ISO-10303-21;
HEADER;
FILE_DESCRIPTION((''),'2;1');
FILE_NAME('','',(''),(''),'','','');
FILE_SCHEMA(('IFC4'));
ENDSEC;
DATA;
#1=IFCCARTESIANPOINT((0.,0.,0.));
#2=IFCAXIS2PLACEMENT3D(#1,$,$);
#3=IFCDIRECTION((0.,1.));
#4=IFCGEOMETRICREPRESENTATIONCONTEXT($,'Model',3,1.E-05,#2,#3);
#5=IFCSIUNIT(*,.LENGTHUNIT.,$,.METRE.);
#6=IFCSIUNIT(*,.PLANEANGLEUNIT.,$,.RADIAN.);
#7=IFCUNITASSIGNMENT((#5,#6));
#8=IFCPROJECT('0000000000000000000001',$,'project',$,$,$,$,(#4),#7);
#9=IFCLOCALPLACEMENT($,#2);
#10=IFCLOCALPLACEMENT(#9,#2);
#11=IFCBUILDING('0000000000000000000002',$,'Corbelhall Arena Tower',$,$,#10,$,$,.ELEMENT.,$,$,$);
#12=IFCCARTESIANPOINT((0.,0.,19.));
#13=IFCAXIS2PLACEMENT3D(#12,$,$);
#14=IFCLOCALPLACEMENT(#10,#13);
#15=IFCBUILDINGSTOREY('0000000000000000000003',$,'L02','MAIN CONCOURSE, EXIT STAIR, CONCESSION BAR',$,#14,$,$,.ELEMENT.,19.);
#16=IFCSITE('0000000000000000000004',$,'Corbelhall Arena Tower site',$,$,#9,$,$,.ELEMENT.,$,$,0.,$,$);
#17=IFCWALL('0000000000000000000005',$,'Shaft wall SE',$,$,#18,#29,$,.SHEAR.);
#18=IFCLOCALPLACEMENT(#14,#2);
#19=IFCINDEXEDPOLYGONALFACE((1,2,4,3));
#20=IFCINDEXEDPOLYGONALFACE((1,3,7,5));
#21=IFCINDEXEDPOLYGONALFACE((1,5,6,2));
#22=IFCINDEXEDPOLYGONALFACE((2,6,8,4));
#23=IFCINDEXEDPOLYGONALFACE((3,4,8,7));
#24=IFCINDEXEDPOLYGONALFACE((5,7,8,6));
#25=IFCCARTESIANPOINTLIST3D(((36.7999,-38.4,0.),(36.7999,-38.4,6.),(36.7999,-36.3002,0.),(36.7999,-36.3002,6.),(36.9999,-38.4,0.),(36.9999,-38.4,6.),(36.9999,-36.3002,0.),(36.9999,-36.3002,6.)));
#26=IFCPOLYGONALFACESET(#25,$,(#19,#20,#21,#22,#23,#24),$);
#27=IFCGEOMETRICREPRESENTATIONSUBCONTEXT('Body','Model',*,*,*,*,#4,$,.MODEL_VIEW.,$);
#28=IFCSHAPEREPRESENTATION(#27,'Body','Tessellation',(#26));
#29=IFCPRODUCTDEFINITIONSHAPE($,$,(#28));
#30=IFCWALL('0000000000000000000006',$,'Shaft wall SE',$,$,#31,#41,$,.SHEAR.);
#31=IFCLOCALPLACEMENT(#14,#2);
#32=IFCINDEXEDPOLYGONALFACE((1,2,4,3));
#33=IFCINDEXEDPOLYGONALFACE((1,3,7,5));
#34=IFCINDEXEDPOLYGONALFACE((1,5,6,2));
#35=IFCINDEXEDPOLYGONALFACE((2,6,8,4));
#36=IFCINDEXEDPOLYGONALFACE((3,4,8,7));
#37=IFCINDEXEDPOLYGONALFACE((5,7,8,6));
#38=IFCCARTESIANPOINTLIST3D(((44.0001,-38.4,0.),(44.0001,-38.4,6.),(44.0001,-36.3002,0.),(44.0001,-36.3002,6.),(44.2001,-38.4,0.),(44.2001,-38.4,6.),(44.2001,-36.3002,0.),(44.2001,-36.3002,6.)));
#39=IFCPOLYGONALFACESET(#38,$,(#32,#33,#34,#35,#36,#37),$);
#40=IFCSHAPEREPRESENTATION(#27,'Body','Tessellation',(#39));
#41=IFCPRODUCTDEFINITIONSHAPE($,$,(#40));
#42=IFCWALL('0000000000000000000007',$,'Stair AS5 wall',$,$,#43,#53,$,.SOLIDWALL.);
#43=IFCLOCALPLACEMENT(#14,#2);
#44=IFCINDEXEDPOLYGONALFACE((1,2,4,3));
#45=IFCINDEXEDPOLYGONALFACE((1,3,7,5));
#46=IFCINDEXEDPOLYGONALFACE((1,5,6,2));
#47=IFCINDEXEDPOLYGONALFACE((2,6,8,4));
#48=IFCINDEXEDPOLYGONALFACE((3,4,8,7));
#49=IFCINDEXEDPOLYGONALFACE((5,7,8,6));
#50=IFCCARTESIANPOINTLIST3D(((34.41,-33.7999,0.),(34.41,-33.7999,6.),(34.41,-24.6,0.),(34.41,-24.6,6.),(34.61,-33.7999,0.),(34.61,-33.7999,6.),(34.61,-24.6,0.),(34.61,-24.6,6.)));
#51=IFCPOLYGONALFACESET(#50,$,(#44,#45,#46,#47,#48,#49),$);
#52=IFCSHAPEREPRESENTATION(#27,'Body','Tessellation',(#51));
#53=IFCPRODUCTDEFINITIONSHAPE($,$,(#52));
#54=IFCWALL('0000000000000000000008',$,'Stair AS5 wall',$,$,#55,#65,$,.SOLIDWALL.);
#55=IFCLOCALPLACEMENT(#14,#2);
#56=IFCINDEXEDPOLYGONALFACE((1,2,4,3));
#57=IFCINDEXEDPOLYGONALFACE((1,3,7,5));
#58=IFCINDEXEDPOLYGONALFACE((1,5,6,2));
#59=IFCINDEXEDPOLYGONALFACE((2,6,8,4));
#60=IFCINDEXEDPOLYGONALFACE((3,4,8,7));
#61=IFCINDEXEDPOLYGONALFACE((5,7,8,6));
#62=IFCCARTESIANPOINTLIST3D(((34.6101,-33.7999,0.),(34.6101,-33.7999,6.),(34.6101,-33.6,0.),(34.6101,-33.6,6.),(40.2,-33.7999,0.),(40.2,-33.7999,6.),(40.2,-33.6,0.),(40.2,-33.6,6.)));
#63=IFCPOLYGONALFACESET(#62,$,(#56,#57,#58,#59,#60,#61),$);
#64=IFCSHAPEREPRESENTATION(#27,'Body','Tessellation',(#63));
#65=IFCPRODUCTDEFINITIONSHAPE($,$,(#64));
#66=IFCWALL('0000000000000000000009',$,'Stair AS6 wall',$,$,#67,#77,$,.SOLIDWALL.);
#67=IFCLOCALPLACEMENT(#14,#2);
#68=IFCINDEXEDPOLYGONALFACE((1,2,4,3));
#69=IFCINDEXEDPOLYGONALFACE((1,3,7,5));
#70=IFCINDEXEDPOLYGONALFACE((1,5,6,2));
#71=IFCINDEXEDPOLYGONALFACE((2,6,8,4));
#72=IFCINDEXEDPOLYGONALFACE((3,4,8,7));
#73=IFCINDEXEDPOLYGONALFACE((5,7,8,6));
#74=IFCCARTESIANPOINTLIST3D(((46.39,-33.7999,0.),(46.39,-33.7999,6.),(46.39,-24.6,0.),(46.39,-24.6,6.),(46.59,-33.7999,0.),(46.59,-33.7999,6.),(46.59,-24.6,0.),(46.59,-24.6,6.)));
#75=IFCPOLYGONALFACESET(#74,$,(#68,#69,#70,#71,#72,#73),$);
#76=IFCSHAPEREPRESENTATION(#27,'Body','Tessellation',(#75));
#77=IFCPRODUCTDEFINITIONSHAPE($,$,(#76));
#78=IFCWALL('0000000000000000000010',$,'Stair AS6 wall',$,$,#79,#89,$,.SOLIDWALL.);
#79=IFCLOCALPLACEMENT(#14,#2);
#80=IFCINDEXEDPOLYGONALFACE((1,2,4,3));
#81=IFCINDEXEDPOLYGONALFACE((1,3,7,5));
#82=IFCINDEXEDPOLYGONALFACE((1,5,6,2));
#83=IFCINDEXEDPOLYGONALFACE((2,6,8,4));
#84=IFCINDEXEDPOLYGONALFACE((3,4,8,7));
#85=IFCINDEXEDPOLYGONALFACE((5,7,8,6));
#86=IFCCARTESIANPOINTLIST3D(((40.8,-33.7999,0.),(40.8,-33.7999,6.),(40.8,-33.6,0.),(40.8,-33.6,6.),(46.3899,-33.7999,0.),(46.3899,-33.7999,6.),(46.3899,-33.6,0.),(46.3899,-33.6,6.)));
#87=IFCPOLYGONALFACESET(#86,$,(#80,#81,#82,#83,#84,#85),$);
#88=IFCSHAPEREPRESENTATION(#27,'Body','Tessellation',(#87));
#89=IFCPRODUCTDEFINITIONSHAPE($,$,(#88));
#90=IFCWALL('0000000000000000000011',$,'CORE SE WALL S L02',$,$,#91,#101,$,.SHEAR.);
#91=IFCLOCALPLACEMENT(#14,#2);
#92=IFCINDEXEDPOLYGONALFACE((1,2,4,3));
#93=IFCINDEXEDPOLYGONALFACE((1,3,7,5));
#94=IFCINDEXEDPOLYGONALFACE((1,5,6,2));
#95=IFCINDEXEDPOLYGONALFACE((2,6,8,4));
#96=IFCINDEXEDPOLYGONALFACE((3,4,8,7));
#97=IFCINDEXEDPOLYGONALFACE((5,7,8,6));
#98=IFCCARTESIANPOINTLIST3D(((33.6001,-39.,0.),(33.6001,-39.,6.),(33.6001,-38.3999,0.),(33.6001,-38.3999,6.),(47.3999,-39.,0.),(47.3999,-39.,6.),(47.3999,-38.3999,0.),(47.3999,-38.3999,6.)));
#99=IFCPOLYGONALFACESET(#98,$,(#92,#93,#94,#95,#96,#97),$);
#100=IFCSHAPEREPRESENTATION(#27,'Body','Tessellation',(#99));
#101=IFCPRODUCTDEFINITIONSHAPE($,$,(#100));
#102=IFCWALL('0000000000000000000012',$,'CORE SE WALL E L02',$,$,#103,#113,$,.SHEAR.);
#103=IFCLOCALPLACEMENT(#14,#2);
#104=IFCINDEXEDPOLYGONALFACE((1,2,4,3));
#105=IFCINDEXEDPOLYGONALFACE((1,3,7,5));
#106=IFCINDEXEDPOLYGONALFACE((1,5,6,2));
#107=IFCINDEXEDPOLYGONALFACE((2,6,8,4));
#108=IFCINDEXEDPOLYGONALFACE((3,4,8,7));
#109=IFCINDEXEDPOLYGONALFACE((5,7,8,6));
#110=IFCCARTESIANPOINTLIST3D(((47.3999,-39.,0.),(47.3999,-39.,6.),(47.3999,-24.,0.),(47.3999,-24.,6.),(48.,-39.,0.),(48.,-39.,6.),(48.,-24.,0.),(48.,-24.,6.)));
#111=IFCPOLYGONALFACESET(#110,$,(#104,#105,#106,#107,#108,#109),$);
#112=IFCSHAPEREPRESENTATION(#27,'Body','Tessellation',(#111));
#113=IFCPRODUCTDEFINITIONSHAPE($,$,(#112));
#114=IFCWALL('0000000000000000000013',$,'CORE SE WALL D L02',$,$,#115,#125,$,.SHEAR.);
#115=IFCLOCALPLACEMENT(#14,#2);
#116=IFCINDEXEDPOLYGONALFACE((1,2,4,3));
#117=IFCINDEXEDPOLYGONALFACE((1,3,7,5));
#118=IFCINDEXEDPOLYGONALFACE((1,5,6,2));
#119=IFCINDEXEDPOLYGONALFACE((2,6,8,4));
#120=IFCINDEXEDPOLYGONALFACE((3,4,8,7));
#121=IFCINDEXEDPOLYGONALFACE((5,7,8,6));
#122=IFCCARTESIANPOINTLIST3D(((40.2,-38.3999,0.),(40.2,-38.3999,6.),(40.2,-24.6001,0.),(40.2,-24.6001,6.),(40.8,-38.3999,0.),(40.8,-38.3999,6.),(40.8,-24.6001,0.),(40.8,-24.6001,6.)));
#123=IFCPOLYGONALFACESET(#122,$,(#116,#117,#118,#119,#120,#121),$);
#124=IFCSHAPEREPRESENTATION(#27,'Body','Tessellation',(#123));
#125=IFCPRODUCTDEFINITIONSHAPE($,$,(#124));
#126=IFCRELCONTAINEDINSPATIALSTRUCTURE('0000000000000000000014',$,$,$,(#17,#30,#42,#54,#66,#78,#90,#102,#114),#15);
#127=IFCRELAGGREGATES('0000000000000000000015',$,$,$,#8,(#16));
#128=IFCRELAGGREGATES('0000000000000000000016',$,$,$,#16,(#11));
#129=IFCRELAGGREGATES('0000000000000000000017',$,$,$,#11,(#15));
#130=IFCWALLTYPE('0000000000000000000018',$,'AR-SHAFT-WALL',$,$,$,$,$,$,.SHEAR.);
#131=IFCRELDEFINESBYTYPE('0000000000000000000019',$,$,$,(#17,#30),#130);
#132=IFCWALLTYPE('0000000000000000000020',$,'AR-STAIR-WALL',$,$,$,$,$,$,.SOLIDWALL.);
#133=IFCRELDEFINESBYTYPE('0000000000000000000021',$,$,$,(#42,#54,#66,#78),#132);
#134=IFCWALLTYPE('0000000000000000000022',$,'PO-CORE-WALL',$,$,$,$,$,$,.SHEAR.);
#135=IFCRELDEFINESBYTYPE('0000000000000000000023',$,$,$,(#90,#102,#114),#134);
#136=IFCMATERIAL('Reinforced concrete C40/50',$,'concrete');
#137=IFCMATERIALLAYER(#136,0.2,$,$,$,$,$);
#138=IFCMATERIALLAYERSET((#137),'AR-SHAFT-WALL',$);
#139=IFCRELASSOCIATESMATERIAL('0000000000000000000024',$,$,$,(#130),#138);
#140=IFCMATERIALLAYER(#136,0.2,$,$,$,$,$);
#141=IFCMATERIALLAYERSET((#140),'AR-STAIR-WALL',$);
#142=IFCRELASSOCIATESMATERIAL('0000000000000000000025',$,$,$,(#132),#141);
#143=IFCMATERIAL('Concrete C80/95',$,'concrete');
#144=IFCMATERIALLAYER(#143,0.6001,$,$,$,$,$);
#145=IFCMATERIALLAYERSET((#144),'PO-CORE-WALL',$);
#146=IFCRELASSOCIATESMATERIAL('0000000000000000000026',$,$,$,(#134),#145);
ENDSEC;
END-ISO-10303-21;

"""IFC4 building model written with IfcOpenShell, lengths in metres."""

from ifc_helpers import new_model, si_unit, direction, frame, frame_2d, origin, place, context, subcontext, project, spatial, rectangle, extrude, material, layer, layer_set, type_object, element, save


model = new_model("IFC4")

# Units and contexts
model_context = context("Model", 3, precision=1e-05, world=origin(), true_north=direction((0.0, 1.0)))
body_context = subcontext(model_context, "Body", "Model", "MODEL_VIEW")
ifc_project = project(units=[si_unit("LENGTHUNIT", "METRE"), si_unit("PLANEANGLEUNIT", "RADIAN")], contexts=[model_context])

# Site, building, storey
site_placement = place(None, origin())
site = spatial("IfcSite", under=ifc_project, at=site_placement, Name="Corbelhall Arena Tower site", CompositionType="ELEMENT", RefElevation=0.0)
building_placement = place(site_placement, origin())
building = spatial("IfcBuilding", under=site, at=building_placement, Name="Corbelhall Arena Tower", CompositionType="ELEMENT")
storey_placement = place(building_placement, frame((0.0, 0.0, 19.0)))
storey = spatial("IfcBuildingStorey", under=building, at=storey_placement, Name="L02", Description="MAIN CONCOURSE, EXIT STAIR, CONCESSION BAR", CompositionType="ELEMENT", Elevation=19.0)

# Shared definitions
ifc_material_1 = material(Name="Reinforced concrete C40/50", Category="concrete")
ifc_layer_1 = layer(ifc_material_1, 0.2)
ifc_layer_set_1 = layer_set([ifc_layer_1], Name="AR-SHAFT-WALL")
wall_type_1 = type_object("IfcWallType", Name="AR-SHAFT-WALL", PredefinedType="SHEAR", material=ifc_layer_set_1)

# Walls
for number, where, z_axis, x_axis, name in (
    (1, (36.8999, -38.3999, 0.0), (0.0, 0.0, 1.0), (0.0, 1.0, 0.0), "Shaft wall SE"),
    (2, (44.1001, -38.3999, 0.0), (0.0, 0.0, 1.0), (0.0, 1.0, 0.0), "Shaft wall SE"),
):
    element("IfcWall", number, at=place(storey_placement, frame(where, z_axis=z_axis, x_axis=x_axis)), inside=storey, type_object=wall_type_1, Name=name, PredefinedType="SHEAR", context=body_context, shape_type="SweptSolid", body=[
        extrude(rectangle(XDim=2.0999, YDim=0.2, at=frame_2d((1.0498, 0.0))), origin(), (0.0, 0.0, 1.0), 6.0),
    ])
ifc_layer_2 = layer(ifc_material_1, 0.2)
ifc_layer_set_2 = layer_set([ifc_layer_2], Name="AR-STAIR-WALL")
wall_type_2 = type_object("IfcWallType", Name="AR-STAIR-WALL", PredefinedType="SOLIDWALL", material=ifc_layer_set_2)
wall_1_placement = place(storey_placement, frame((34.51, -33.8, 0.0), z_axis=(0.0, 0.0, 1.0), x_axis=(0.0, 1.0, 0.0)))
element("IfcWall", 3, at=wall_1_placement, inside=storey, type_object=wall_type_2, Name="Stair AS5 wall", PredefinedType="SOLIDWALL", context=body_context, shape_type="SweptSolid", body=[
    extrude(rectangle(XDim=9.2, YDim=0.2, at=frame_2d((4.6001, 0.0))), origin(), (0.0, 0.0, 1.0), 6.0),
])
wall_2_placement = place(storey_placement, frame((34.6101, -33.7, 0.0), z_axis=(0.0, 0.0, 1.0), x_axis=(1.0, 0.0, 0.0)))
element("IfcWall", 4, at=wall_2_placement, inside=storey, type_object=wall_type_2, Name="Stair AS5 wall", PredefinedType="SOLIDWALL", context=body_context, shape_type="SweptSolid", body=[
    extrude(rectangle(XDim=5.5898, YDim=0.2, at=frame_2d((2.7949, 0.0))), origin(), (0.0, 0.0, 1.0), 6.0),
])
wall_3_placement = place(storey_placement, frame((46.49, -33.8, 0.0), z_axis=(0.0, 0.0, 1.0), x_axis=(0.0, 1.0, 0.0)))
element("IfcWall", 5, at=wall_3_placement, inside=storey, type_object=wall_type_2, Name="Stair AS6 wall", PredefinedType="SOLIDWALL", context=body_context, shape_type="SweptSolid", body=[
    extrude(rectangle(XDim=9.2, YDim=0.2, at=frame_2d((4.6001, 0.0))), origin(), (0.0, 0.0, 1.0), 6.0),
])
wall_4_placement = place(storey_placement, frame((40.8, -33.7, 0.0), z_axis=(0.0, 0.0, 1.0), x_axis=(1.0, 0.0, 0.0)))
element("IfcWall", 6, at=wall_4_placement, inside=storey, type_object=wall_type_2, Name="Stair AS6 wall", PredefinedType="SOLIDWALL", context=body_context, shape_type="SweptSolid", body=[
    extrude(rectangle(XDim=5.5898, YDim=0.2, at=frame_2d((2.7949, 0.0))), origin(), (0.0, 0.0, 1.0), 6.0),
])
ifc_material_2 = material(Name="Concrete C80/95", Category="concrete")
ifc_layer_3 = layer(ifc_material_2, 0.6001)
ifc_layer_set_3 = layer_set([ifc_layer_3], Name="PO-CORE-WALL")
wall_type_3 = type_object("IfcWallType", Name="PO-CORE-WALL", PredefinedType="SHEAR", material=ifc_layer_set_3)
wall_5_placement = place(storey_placement, frame((33.6001, -38.7, 0.0), z_axis=(0.0, 0.0, 1.0), x_axis=(1.0, 0.0, 0.0)))
element("IfcWall", 7, at=wall_5_placement, inside=storey, type_object=wall_type_3, Name="CORE SE WALL S L02", PredefinedType="SHEAR", context=body_context, shape_type="SweptSolid", body=[
    extrude(rectangle(XDim=13.7998, YDim=0.6001, at=frame_2d((6.8999, 0.0))), origin(), (0.0, 0.0, 1.0), 6.0),
])

# Walls
wall_6_placement = place(storey_placement, frame((47.7, -39.0, 0.0), z_axis=(0.0, 0.0, 1.0), x_axis=(0.0, 1.0, 0.0)))
element("IfcWall", 8, at=wall_6_placement, inside=storey, type_object=wall_type_3, Name="CORE SE WALL E L02", PredefinedType="SHEAR", context=body_context, shape_type="SweptSolid", body=[
    extrude(rectangle(XDim=15.0, YDim=0.6001, at=frame_2d((7.5, 0.0))), origin(), (0.0, 0.0, 1.0), 6.0),
])
wall_7_placement = place(storey_placement, frame((40.5, -38.3999, 0.0), z_axis=(0.0, 0.0, 1.0), x_axis=(0.0, 1.0, 0.0)))
element("IfcWall", 9, at=wall_7_placement, inside=storey, type_object=wall_type_3, Name="CORE SE WALL D L02", PredefinedType="SHEAR", context=body_context, shape_type="SweptSolid", body=[
    extrude(rectangle(XDim=13.7998, YDim=0.6001, at=frame_2d((6.8999, 0.0))), origin(), (0.0, 0.0, 1.0), 6.0),
])

save(model, "model.ifc")
